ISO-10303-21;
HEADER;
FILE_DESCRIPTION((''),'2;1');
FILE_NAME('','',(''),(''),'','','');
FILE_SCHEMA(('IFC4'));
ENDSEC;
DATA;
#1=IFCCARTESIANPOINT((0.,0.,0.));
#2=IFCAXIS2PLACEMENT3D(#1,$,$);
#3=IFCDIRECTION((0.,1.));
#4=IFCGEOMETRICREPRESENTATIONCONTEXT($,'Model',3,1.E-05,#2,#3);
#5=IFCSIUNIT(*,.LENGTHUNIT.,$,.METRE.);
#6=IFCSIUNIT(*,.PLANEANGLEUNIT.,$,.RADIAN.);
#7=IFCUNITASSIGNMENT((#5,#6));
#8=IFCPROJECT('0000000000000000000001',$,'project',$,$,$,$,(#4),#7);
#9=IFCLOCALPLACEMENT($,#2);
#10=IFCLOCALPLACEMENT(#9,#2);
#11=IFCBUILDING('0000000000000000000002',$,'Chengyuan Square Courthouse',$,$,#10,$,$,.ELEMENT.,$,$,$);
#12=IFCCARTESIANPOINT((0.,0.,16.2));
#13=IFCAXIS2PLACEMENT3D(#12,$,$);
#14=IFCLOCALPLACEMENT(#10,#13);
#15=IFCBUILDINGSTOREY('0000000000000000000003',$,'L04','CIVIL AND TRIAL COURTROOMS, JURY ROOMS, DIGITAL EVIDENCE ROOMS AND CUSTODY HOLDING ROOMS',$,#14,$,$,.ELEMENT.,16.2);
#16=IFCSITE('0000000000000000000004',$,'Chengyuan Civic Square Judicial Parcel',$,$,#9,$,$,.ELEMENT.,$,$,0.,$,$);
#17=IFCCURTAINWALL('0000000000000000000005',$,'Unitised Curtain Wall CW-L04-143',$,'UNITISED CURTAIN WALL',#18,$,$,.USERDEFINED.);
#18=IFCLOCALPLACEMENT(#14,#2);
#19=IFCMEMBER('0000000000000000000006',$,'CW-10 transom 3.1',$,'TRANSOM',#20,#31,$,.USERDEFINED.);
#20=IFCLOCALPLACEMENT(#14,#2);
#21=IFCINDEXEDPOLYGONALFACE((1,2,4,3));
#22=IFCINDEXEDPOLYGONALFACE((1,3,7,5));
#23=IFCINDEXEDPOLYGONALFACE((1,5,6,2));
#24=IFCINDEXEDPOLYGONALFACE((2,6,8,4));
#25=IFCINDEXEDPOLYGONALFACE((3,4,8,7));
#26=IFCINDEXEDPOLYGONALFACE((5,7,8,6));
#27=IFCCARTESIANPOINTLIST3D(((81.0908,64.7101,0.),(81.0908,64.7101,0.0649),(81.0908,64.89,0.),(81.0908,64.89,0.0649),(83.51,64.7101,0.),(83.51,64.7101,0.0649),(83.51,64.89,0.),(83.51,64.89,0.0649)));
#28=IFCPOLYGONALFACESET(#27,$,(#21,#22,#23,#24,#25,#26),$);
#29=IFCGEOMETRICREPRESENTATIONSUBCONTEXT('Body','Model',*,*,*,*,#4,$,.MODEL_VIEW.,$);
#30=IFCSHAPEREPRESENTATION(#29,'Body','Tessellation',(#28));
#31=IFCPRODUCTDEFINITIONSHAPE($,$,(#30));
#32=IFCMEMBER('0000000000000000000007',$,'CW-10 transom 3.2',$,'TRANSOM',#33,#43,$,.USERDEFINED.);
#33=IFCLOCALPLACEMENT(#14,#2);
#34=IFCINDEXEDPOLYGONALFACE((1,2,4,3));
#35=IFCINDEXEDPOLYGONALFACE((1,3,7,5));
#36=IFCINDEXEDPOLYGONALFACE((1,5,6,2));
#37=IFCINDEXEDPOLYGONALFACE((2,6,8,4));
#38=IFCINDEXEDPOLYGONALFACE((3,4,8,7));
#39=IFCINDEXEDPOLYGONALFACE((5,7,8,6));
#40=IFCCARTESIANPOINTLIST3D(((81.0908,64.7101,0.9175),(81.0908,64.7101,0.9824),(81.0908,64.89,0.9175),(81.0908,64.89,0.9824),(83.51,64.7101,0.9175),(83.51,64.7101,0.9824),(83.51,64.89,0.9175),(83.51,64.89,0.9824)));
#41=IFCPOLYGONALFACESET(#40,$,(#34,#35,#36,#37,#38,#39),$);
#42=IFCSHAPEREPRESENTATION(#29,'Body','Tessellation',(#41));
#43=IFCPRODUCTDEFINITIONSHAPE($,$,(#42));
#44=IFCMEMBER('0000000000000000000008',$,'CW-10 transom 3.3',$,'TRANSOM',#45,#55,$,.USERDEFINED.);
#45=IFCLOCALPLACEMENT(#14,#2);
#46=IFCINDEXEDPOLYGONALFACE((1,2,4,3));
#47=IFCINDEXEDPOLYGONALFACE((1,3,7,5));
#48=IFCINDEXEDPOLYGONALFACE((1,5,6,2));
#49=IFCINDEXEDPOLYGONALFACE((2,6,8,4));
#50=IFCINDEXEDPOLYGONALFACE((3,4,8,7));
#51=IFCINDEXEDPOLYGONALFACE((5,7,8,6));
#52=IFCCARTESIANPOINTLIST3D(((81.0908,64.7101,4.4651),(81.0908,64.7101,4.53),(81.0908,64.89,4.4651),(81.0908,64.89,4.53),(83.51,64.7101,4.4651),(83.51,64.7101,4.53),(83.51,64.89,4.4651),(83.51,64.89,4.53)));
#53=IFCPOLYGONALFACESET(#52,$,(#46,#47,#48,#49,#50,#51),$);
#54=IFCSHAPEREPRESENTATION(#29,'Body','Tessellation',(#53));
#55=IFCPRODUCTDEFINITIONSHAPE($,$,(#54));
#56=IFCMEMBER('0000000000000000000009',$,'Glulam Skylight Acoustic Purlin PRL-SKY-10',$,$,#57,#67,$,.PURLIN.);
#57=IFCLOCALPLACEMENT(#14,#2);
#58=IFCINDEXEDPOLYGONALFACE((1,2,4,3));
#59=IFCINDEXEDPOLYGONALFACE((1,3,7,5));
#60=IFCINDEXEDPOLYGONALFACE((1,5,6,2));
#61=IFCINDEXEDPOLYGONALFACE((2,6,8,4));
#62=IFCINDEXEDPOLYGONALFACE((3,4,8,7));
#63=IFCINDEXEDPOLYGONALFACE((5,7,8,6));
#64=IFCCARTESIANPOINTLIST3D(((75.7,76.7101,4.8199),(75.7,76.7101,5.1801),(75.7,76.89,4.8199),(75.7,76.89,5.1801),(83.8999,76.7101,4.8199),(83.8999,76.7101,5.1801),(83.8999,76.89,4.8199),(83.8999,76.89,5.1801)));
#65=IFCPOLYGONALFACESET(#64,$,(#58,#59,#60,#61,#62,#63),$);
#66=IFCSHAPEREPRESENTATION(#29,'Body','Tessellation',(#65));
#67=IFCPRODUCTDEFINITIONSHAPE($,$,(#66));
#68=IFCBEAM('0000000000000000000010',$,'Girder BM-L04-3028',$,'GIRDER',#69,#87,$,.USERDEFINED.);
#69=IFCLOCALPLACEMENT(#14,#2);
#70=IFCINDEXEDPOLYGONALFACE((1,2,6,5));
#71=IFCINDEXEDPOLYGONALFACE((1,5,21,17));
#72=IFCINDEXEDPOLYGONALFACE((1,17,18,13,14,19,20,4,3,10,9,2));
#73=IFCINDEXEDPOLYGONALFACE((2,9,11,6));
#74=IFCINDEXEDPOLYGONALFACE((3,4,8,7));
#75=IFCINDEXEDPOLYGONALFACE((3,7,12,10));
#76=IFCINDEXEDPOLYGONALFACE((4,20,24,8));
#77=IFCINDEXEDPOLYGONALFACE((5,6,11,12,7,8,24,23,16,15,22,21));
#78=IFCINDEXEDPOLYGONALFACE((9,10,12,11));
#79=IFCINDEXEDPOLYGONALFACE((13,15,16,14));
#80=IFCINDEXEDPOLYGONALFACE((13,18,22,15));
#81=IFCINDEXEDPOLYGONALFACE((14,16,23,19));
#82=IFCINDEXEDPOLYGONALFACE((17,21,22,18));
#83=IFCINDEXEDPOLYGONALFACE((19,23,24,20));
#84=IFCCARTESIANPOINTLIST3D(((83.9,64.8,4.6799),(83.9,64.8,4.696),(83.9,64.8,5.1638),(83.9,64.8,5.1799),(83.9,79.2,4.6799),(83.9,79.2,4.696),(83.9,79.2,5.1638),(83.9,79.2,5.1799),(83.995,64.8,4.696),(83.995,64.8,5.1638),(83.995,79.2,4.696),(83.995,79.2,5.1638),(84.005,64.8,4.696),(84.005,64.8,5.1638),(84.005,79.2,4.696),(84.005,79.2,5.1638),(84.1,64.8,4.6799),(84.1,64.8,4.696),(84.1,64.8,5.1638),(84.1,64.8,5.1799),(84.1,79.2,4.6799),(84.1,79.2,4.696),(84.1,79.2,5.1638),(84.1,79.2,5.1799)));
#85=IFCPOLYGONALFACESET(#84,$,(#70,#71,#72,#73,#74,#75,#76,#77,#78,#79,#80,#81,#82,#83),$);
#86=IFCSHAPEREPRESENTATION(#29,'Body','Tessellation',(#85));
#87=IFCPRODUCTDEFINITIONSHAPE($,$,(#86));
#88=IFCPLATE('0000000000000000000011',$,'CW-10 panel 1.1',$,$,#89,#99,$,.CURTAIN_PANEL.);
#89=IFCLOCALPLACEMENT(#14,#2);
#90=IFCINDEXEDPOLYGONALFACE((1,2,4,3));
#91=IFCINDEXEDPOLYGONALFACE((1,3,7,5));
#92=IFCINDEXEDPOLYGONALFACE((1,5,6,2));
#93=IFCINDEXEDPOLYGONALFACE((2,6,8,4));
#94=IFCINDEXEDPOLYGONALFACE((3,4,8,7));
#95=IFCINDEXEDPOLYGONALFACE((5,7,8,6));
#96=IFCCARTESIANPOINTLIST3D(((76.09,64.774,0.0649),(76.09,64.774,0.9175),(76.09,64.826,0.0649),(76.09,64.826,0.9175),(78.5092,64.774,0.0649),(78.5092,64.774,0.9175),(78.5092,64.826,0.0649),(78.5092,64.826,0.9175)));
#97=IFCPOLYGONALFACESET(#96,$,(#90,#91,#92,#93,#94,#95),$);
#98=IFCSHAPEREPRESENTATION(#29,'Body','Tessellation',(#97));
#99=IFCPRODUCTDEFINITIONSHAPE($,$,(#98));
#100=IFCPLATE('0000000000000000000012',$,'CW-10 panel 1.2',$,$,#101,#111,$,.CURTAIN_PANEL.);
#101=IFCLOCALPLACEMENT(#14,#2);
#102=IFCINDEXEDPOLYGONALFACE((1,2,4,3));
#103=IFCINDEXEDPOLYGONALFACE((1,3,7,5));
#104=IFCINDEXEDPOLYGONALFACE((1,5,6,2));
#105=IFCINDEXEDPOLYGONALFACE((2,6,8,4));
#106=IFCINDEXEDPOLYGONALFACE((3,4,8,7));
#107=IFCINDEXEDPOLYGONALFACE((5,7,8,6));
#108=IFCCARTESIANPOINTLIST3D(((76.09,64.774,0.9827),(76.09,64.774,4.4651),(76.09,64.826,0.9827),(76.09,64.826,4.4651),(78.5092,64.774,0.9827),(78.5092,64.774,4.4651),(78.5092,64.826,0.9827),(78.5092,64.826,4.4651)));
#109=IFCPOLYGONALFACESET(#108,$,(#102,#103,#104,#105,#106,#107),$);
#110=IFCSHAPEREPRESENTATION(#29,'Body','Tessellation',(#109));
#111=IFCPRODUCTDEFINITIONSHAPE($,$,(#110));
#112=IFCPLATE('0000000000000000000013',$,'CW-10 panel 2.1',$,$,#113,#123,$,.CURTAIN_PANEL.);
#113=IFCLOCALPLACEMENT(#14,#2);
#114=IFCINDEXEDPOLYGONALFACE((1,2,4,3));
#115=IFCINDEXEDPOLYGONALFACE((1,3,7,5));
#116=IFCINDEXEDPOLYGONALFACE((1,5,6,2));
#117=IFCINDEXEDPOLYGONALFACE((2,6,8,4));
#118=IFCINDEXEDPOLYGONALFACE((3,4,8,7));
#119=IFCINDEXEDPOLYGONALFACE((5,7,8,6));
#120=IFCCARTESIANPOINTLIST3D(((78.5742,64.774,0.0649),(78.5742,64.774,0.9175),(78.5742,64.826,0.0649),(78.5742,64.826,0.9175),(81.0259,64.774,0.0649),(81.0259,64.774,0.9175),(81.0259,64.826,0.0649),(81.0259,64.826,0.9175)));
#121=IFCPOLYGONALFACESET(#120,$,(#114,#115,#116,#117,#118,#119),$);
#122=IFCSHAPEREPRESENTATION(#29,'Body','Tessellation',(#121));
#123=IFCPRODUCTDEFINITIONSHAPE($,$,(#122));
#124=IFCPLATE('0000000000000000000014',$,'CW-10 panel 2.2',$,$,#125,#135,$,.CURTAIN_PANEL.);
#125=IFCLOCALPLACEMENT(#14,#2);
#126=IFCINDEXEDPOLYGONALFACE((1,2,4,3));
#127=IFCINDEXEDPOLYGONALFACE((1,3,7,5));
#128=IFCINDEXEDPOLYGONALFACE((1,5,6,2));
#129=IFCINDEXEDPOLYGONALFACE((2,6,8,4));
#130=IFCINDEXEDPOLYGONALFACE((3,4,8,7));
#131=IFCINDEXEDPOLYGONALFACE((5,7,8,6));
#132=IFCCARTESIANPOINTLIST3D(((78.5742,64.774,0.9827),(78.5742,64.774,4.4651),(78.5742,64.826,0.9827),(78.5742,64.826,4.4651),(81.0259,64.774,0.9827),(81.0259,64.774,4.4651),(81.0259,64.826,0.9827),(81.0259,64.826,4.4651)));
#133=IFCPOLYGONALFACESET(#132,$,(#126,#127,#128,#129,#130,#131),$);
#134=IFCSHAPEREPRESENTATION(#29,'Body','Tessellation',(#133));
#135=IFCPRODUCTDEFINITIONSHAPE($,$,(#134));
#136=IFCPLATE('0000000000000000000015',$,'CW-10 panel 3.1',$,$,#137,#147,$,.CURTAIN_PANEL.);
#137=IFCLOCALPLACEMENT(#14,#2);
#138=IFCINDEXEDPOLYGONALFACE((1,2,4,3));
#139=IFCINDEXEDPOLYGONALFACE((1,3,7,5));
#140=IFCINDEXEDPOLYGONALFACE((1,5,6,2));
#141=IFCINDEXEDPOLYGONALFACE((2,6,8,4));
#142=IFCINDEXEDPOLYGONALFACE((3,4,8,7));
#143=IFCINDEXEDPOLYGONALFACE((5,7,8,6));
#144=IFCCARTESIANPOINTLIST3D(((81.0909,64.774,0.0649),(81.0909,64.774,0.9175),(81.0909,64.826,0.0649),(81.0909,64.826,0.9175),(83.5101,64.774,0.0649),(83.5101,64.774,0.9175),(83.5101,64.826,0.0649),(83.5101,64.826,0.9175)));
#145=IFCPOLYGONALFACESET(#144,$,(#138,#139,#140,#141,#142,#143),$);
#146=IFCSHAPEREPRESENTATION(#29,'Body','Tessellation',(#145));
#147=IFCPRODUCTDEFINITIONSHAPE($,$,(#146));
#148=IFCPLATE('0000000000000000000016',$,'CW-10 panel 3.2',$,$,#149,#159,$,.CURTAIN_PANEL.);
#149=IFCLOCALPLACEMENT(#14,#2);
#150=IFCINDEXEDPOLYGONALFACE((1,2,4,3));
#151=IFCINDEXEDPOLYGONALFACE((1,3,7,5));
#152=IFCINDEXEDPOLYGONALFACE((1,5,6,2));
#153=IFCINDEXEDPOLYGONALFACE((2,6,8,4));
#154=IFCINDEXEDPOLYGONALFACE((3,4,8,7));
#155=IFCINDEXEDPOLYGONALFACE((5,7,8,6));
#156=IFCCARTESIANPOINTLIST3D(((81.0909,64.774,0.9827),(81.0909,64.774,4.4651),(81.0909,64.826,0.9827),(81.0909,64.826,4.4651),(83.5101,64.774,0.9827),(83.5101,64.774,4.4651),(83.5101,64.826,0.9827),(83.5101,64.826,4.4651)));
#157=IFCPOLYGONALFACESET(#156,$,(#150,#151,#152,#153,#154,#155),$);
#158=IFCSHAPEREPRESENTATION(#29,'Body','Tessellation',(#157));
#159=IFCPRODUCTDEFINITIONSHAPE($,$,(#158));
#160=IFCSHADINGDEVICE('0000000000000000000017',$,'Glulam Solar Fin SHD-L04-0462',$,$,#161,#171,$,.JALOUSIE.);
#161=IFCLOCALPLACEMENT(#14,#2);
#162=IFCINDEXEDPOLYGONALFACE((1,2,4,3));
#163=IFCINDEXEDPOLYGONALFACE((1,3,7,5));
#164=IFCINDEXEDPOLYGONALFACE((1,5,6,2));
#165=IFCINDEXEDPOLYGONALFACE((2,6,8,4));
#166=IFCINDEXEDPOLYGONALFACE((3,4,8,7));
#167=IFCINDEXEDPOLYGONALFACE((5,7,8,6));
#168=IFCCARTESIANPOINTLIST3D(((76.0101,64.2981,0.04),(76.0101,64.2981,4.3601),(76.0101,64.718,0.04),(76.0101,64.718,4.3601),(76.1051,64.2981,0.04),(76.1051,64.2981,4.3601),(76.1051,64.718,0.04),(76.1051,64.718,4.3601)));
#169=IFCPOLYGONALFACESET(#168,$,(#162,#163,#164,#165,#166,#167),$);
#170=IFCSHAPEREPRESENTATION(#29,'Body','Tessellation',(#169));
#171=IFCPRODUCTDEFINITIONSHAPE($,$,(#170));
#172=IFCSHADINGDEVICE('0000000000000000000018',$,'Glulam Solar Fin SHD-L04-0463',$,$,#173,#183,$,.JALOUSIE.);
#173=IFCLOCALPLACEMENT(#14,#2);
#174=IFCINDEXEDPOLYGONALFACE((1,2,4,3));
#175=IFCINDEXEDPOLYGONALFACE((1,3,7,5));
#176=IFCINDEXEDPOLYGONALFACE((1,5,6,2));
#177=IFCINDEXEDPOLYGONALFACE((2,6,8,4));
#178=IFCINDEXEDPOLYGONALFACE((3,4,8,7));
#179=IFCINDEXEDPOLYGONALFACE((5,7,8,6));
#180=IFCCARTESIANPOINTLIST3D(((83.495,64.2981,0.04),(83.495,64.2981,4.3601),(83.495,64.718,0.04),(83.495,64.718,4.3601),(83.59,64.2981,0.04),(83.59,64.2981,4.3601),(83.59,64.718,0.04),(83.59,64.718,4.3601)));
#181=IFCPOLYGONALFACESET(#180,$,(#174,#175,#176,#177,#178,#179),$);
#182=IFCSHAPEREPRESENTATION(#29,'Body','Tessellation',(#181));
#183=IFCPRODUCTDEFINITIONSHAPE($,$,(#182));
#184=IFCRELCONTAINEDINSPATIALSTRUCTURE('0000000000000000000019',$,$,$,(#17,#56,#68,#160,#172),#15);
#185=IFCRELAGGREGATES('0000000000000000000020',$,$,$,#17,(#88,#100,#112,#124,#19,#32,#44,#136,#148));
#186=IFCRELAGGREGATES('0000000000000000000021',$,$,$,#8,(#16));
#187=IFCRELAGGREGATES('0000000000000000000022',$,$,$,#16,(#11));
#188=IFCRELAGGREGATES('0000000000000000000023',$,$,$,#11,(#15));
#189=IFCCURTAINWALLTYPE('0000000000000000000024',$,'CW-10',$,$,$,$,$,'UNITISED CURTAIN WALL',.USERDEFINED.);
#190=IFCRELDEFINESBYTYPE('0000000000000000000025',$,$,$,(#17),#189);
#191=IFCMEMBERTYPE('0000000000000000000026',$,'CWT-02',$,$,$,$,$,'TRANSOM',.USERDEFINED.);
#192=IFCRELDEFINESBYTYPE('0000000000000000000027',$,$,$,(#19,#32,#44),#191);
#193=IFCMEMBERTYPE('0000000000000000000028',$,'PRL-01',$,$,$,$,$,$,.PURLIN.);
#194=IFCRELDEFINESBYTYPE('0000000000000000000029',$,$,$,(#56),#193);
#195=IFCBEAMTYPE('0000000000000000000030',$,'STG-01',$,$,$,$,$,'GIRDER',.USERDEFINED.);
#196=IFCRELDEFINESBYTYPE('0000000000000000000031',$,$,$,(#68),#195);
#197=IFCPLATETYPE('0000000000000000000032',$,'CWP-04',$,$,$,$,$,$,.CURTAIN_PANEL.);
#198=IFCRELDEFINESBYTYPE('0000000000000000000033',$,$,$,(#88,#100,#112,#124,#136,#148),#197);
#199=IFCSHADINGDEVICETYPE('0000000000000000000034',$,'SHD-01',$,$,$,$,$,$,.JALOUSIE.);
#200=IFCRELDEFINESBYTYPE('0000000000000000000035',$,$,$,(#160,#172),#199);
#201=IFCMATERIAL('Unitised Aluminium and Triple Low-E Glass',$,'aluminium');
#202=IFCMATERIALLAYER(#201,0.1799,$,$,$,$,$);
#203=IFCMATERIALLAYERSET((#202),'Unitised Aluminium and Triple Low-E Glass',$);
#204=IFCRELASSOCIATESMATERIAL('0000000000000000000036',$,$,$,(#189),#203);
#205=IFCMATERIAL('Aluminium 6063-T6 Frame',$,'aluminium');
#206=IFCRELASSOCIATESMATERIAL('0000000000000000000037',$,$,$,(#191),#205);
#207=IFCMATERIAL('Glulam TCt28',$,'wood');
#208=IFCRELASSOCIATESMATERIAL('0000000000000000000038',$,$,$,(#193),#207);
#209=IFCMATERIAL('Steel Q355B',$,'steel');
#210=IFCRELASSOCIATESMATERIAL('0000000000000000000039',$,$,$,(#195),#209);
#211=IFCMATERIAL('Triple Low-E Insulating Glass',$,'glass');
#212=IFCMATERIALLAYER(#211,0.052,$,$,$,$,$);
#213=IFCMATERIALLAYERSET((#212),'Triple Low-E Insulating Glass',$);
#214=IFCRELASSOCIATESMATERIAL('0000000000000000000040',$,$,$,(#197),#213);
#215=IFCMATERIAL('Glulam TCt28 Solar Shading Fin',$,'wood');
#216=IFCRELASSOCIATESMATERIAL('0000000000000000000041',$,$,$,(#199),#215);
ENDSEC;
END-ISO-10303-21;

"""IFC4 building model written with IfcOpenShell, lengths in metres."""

from ifc_helpers import new_model, si_unit, direction, frame, origin, origin_2d, place, context, subcontext, project, spatial, rectangle, i_section, extrude, material, layer, layer_set, material_profile, profile_set, type_object, element, aggregate, save


model = new_model("IFC4")

# Units and contexts
model_context = context("Model", 3, precision=1e-05, world=origin(), true_north=direction((0.0, 1.0)))
body_context = subcontext(model_context, "Body", "Model", "MODEL_VIEW")
ifc_project = project(units=[si_unit("LENGTHUNIT", "METRE"), si_unit("PLANEANGLEUNIT", "RADIAN")], contexts=[model_context])

# Site, building, storey
site_placement = place(None, origin())
site = spatial("IfcSite", under=ifc_project, at=site_placement, Name="Chengyuan Civic Square Judicial Parcel", CompositionType="ELEMENT", RefElevation=0.0)
building_placement = place(site_placement, origin())
building = spatial("IfcBuilding", under=site, at=building_placement, Name="Chengyuan Square Courthouse", CompositionType="ELEMENT")
storey_placement = place(building_placement, frame((0.0, 0.0, 16.2)))
storey = spatial("IfcBuildingStorey", under=building, at=storey_placement, Name="L04", Description="CIVIL AND TRIAL COURTROOMS, JURY ROOMS, DIGITAL EVIDENCE ROOMS AND CUSTODY HOLDING ROOMS", CompositionType="ELEMENT", Elevation=16.2)

# Shared definitions
ifc_material_1 = material(Name="Steel Q355B", Category="steel")

# Curtain wall, members
ifc_material_2 = material(Name="Unitised Aluminium and Triple Low-E Glass", Category="aluminium")
ifc_layer_1 = layer(ifc_material_2, 0.1799)
ifc_layer_set_1 = layer_set([ifc_layer_1], Name="Unitised Aluminium and Triple Low-E Glass")
curtain_wall_type = type_object("IfcCurtainWallType", Name="CW-10", ElementType="UNITISED CURTAIN WALL", PredefinedType="USERDEFINED", material=ifc_layer_set_1)
curtain_wall_placement = place(storey_placement, origin())
curtain_wall = element("IfcCurtainWall", 1, at=curtain_wall_placement, inside=storey, type_object=curtain_wall_type, Name="Unitised Curtain Wall CW-L04-143", ObjectType="UNITISED CURTAIN WALL", PredefinedType="USERDEFINED")
ifc_material_3 = material(Name="Aluminium 6063-T6 Frame", Category="aluminium")
ifc_material_profile_1 = material_profile(ifc_material_3, rectangle(XDim=0.1799, YDim=0.0649, at=origin_2d()), Name="CW-TRN-65x140")
ifc_profile_set_1 = profile_set([ifc_material_profile_1], Name="Aluminium 6063-T6 Frame")
member_type_1 = type_object("IfcMemberType", Name="CWT-02", ElementType="TRANSOM", PredefinedType="USERDEFINED", material=ifc_profile_set_1)
member_1_placement = place(storey_placement, frame((81.0908, 64.8, 0.0325), z_axis=(1.0, 0.0, 0.0), x_axis=(0.0, 1.0, 0.0)))
member_1 = element("IfcMember", 2, at=member_1_placement, type_object=member_type_1, Name="CW-10 transom 3.1", ObjectType="TRANSOM", PredefinedType="USERDEFINED", context=body_context, shape_type="SweptSolid", body=[
    extrude(rectangle(XDim=0.1799, YDim=0.0649, at=origin_2d()), origin(), (0.0, 0.0, 1.0), 2.4192),
])
member_2_placement = place(storey_placement, frame((81.0908, 64.8, 0.95), z_axis=(1.0, 0.0, 0.0), x_axis=(0.0, 1.0, 0.0)))
member_2 = element("IfcMember", 3, at=member_2_placement, type_object=member_type_1, Name="CW-10 transom 3.2", ObjectType="TRANSOM", PredefinedType="USERDEFINED", context=body_context, shape_type="SweptSolid", body=[
    extrude(rectangle(XDim=0.1799, YDim=0.0649, at=origin_2d()), origin(), (0.0, 0.0, 1.0), 2.4192),
])
member_3_placement = place(storey_placement, frame((81.0908, 64.8, 4.4976), z_axis=(1.0, 0.0, 0.0), x_axis=(0.0, 1.0, 0.0)))
member_3 = element("IfcMember", 4, at=member_3_placement, type_object=member_type_1, Name="CW-10 transom 3.3", ObjectType="TRANSOM", PredefinedType="USERDEFINED", context=body_context, shape_type="SweptSolid", body=[
    extrude(rectangle(XDim=0.1799, YDim=0.0649, at=origin_2d()), origin(), (0.0, 0.0, 1.0), 2.4192),
])

# Member
ifc_material_4 = material(Name="Glulam TCt28", Category="wood")
ifc_material_profile_2 = material_profile(ifc_material_4, rectangle(XDim=0.1799, YDim=0.3601, at=origin_2d()), Name="GL-PRL-180x360")
ifc_profile_set_2 = profile_set([ifc_material_profile_2], Name="Glulam TCt28")
member_type_2 = type_object("IfcMemberType", Name="PRL-01", PredefinedType="PURLIN", material=ifc_profile_set_2)
member_4_placement = place(storey_placement, frame((75.7, 76.8, 5.0), z_axis=(1.0, 0.0, 0.0), x_axis=(0.0, 1.0, 0.0)))
element("IfcMember", 5, at=member_4_placement, inside=storey, type_object=member_type_2, Name="Glulam Skylight Acoustic Purlin PRL-SKY-10", PredefinedType="PURLIN", context=body_context, shape_type="SweptSolid", body=[
    extrude(rectangle(XDim=0.1799, YDim=0.3601, at=origin_2d()), origin(), (0.0, 0.0, 1.0), 8.2),
])

# Beam
ifc_material_profile_3 = material_profile(ifc_material_1, i_section(OverallWidth=0.2, OverallDepth=0.5, WebThickness=0.01, FlangeThickness=0.0161, at=origin_2d()), Name="HN 500x200x10x16")
ifc_profile_set_3 = profile_set([ifc_material_profile_3], Name="Steel Q355B")
beam_type_1 = type_object("IfcBeamType", Name="STG-01", ElementType="GIRDER", PredefinedType="USERDEFINED", material=ifc_profile_set_3)
beam_1_placement = place(storey_placement, frame((84.0, 64.8, 4.9299), z_axis=(0.0, 1.0, 0.0), x_axis=(-1.0, 0.0, 0.0)))
element("IfcBeam", 6, at=beam_1_placement, inside=storey, type_object=beam_type_1, Name="Girder BM-L04-3028", ObjectType="GIRDER", PredefinedType="USERDEFINED", context=body_context, shape_type="SweptSolid", body=[
    extrude(i_section(OverallWidth=0.2, OverallDepth=0.5, WebThickness=0.01, FlangeThickness=0.0161, at=origin_2d()), origin(), (0.0, 0.0, 1.0), 14.3999),
])

# Plates
ifc_material_5 = material(Name="Triple Low-E Insulating Glass", Category="glass")
ifc_layer_2 = layer(ifc_material_5, 0.052)
ifc_layer_set_2 = layer_set([ifc_layer_2], Name="Triple Low-E Insulating Glass")
plate_type = type_object("IfcPlateType", Name="CWP-04", PredefinedType="CURTAIN_PANEL", material=ifc_layer_set_2)
plate_1_placement = place(storey_placement, frame((77.2996, 64.8, 0.0649), z_axis=(0.0, 0.0, 1.0), x_axis=(1.0, 0.0, 0.0)))
plate_1 = element("IfcPlate", 7, at=plate_1_placement, type_object=plate_type, Name="CW-10 panel 1.1", PredefinedType="CURTAIN_PANEL", context=body_context, shape_type="SweptSolid", body=[
    extrude(rectangle(XDim=2.4192, YDim=0.052, at=origin_2d()), origin(), (0.0, 0.0, 1.0), 0.8525),
])
plate_2_placement = place(storey_placement, frame((77.2996, 64.8, 0.9827), z_axis=(0.0, 0.0, 1.0), x_axis=(1.0, 0.0, 0.0)))
plate_2 = element("IfcPlate", 8, at=plate_2_placement, type_object=plate_type, Name="CW-10 panel 1.2", PredefinedType="CURTAIN_PANEL", context=body_context, shape_type="SweptSolid", body=[
    extrude(rectangle(XDim=2.4192, YDim=0.052, at=origin_2d()), origin(), (0.0, 0.0, 1.0), 3.4824),
])
plate_3_placement = place(storey_placement, frame((79.8, 64.8, 0.0649), z_axis=(0.0, 0.0, 1.0), x_axis=(1.0, 0.0, 0.0)))
plate_3 = element("IfcPlate", 9, at=plate_3_placement, type_object=plate_type, Name="CW-10 panel 2.1", PredefinedType="CURTAIN_PANEL", context=body_context, shape_type="SweptSolid", body=[
    extrude(rectangle(XDim=2.4517, YDim=0.052, at=origin_2d()), origin(), (0.0, 0.0, 1.0), 0.8525),
])
plate_4_placement = place(storey_placement, frame((79.8, 64.8, 0.9827), z_axis=(0.0, 0.0, 1.0), x_axis=(1.0, 0.0, 0.0)))
plate_4 = element("IfcPlate", 10, at=plate_4_placement, type_object=plate_type, Name="CW-10 panel 2.2", PredefinedType="CURTAIN_PANEL", context=body_context, shape_type="SweptSolid", body=[
    extrude(rectangle(XDim=2.4517, YDim=0.052, at=origin_2d()), origin(), (0.0, 0.0, 1.0), 3.4824),
])
plate_5_placement = place(storey_placement, frame((82.3005, 64.8, 0.0649), z_axis=(0.0, 0.0, 1.0), x_axis=(1.0, 0.0, 0.0)))
plate_5 = element("IfcPlate", 11, at=plate_5_placement, type_object=plate_type, Name="CW-10 panel 3.1", PredefinedType="CURTAIN_PANEL", context=body_context, shape_type="SweptSolid", body=[
    extrude(rectangle(XDim=2.4192, YDim=0.052, at=origin_2d()), origin(), (0.0, 0.0, 1.0), 0.8525),
])
plate_6_placement = place(storey_placement, frame((82.3005, 64.8, 0.9827), z_axis=(0.0, 0.0, 1.0), x_axis=(1.0, 0.0, 0.0)))
plate_6 = element("IfcPlate", 12, at=plate_6_placement, type_object=plate_type, Name="CW-10 panel 3.2", PredefinedType="CURTAIN_PANEL", context=body_context, shape_type="SweptSolid", body=[
    extrude(rectangle(XDim=2.4192, YDim=0.052, at=origin_2d()), origin(), (0.0, 0.0, 1.0), 3.4824),
])
aggregate(curtain_wall, [plate_1, plate_2, plate_3, plate_4, member_1, member_2, member_3, plate_5, plate_6])

# Shading devices
ifc_material_6 = material(Name="Glulam TCt28 Solar Shading Fin", Category="wood")
shading_device_type_1 = type_object("IfcShadingDeviceType", Name="SHD-01", PredefinedType="JALOUSIE", material=ifc_material_6)
for number, where, z_axis, x_axis, name in (
    (13, (76.0576, 64.5081, 0.04), (0.0, 0.0, 1.0), (0.0, 1.0, 0.0), "Glulam Solar Fin SHD-L04-0462"),
    (14, (83.5425, 64.5081, 0.04), (0.0, 0.0, 1.0), (0.0, 1.0, 0.0), "Glulam Solar Fin SHD-L04-0463"),
):
    element("IfcShadingDevice", number, at=place(storey_placement, frame(where, z_axis=z_axis, x_axis=x_axis)), inside=storey, type_object=shading_device_type_1, Name=name, PredefinedType="JALOUSIE", context=body_context, shape_type="SweptSolid", body=[
        extrude(rectangle(XDim=0.4199, YDim=0.095, at=origin_2d()), origin(), (0.0, 0.0, 1.0), 4.3201),
    ])

save(model, "model.ifc")
